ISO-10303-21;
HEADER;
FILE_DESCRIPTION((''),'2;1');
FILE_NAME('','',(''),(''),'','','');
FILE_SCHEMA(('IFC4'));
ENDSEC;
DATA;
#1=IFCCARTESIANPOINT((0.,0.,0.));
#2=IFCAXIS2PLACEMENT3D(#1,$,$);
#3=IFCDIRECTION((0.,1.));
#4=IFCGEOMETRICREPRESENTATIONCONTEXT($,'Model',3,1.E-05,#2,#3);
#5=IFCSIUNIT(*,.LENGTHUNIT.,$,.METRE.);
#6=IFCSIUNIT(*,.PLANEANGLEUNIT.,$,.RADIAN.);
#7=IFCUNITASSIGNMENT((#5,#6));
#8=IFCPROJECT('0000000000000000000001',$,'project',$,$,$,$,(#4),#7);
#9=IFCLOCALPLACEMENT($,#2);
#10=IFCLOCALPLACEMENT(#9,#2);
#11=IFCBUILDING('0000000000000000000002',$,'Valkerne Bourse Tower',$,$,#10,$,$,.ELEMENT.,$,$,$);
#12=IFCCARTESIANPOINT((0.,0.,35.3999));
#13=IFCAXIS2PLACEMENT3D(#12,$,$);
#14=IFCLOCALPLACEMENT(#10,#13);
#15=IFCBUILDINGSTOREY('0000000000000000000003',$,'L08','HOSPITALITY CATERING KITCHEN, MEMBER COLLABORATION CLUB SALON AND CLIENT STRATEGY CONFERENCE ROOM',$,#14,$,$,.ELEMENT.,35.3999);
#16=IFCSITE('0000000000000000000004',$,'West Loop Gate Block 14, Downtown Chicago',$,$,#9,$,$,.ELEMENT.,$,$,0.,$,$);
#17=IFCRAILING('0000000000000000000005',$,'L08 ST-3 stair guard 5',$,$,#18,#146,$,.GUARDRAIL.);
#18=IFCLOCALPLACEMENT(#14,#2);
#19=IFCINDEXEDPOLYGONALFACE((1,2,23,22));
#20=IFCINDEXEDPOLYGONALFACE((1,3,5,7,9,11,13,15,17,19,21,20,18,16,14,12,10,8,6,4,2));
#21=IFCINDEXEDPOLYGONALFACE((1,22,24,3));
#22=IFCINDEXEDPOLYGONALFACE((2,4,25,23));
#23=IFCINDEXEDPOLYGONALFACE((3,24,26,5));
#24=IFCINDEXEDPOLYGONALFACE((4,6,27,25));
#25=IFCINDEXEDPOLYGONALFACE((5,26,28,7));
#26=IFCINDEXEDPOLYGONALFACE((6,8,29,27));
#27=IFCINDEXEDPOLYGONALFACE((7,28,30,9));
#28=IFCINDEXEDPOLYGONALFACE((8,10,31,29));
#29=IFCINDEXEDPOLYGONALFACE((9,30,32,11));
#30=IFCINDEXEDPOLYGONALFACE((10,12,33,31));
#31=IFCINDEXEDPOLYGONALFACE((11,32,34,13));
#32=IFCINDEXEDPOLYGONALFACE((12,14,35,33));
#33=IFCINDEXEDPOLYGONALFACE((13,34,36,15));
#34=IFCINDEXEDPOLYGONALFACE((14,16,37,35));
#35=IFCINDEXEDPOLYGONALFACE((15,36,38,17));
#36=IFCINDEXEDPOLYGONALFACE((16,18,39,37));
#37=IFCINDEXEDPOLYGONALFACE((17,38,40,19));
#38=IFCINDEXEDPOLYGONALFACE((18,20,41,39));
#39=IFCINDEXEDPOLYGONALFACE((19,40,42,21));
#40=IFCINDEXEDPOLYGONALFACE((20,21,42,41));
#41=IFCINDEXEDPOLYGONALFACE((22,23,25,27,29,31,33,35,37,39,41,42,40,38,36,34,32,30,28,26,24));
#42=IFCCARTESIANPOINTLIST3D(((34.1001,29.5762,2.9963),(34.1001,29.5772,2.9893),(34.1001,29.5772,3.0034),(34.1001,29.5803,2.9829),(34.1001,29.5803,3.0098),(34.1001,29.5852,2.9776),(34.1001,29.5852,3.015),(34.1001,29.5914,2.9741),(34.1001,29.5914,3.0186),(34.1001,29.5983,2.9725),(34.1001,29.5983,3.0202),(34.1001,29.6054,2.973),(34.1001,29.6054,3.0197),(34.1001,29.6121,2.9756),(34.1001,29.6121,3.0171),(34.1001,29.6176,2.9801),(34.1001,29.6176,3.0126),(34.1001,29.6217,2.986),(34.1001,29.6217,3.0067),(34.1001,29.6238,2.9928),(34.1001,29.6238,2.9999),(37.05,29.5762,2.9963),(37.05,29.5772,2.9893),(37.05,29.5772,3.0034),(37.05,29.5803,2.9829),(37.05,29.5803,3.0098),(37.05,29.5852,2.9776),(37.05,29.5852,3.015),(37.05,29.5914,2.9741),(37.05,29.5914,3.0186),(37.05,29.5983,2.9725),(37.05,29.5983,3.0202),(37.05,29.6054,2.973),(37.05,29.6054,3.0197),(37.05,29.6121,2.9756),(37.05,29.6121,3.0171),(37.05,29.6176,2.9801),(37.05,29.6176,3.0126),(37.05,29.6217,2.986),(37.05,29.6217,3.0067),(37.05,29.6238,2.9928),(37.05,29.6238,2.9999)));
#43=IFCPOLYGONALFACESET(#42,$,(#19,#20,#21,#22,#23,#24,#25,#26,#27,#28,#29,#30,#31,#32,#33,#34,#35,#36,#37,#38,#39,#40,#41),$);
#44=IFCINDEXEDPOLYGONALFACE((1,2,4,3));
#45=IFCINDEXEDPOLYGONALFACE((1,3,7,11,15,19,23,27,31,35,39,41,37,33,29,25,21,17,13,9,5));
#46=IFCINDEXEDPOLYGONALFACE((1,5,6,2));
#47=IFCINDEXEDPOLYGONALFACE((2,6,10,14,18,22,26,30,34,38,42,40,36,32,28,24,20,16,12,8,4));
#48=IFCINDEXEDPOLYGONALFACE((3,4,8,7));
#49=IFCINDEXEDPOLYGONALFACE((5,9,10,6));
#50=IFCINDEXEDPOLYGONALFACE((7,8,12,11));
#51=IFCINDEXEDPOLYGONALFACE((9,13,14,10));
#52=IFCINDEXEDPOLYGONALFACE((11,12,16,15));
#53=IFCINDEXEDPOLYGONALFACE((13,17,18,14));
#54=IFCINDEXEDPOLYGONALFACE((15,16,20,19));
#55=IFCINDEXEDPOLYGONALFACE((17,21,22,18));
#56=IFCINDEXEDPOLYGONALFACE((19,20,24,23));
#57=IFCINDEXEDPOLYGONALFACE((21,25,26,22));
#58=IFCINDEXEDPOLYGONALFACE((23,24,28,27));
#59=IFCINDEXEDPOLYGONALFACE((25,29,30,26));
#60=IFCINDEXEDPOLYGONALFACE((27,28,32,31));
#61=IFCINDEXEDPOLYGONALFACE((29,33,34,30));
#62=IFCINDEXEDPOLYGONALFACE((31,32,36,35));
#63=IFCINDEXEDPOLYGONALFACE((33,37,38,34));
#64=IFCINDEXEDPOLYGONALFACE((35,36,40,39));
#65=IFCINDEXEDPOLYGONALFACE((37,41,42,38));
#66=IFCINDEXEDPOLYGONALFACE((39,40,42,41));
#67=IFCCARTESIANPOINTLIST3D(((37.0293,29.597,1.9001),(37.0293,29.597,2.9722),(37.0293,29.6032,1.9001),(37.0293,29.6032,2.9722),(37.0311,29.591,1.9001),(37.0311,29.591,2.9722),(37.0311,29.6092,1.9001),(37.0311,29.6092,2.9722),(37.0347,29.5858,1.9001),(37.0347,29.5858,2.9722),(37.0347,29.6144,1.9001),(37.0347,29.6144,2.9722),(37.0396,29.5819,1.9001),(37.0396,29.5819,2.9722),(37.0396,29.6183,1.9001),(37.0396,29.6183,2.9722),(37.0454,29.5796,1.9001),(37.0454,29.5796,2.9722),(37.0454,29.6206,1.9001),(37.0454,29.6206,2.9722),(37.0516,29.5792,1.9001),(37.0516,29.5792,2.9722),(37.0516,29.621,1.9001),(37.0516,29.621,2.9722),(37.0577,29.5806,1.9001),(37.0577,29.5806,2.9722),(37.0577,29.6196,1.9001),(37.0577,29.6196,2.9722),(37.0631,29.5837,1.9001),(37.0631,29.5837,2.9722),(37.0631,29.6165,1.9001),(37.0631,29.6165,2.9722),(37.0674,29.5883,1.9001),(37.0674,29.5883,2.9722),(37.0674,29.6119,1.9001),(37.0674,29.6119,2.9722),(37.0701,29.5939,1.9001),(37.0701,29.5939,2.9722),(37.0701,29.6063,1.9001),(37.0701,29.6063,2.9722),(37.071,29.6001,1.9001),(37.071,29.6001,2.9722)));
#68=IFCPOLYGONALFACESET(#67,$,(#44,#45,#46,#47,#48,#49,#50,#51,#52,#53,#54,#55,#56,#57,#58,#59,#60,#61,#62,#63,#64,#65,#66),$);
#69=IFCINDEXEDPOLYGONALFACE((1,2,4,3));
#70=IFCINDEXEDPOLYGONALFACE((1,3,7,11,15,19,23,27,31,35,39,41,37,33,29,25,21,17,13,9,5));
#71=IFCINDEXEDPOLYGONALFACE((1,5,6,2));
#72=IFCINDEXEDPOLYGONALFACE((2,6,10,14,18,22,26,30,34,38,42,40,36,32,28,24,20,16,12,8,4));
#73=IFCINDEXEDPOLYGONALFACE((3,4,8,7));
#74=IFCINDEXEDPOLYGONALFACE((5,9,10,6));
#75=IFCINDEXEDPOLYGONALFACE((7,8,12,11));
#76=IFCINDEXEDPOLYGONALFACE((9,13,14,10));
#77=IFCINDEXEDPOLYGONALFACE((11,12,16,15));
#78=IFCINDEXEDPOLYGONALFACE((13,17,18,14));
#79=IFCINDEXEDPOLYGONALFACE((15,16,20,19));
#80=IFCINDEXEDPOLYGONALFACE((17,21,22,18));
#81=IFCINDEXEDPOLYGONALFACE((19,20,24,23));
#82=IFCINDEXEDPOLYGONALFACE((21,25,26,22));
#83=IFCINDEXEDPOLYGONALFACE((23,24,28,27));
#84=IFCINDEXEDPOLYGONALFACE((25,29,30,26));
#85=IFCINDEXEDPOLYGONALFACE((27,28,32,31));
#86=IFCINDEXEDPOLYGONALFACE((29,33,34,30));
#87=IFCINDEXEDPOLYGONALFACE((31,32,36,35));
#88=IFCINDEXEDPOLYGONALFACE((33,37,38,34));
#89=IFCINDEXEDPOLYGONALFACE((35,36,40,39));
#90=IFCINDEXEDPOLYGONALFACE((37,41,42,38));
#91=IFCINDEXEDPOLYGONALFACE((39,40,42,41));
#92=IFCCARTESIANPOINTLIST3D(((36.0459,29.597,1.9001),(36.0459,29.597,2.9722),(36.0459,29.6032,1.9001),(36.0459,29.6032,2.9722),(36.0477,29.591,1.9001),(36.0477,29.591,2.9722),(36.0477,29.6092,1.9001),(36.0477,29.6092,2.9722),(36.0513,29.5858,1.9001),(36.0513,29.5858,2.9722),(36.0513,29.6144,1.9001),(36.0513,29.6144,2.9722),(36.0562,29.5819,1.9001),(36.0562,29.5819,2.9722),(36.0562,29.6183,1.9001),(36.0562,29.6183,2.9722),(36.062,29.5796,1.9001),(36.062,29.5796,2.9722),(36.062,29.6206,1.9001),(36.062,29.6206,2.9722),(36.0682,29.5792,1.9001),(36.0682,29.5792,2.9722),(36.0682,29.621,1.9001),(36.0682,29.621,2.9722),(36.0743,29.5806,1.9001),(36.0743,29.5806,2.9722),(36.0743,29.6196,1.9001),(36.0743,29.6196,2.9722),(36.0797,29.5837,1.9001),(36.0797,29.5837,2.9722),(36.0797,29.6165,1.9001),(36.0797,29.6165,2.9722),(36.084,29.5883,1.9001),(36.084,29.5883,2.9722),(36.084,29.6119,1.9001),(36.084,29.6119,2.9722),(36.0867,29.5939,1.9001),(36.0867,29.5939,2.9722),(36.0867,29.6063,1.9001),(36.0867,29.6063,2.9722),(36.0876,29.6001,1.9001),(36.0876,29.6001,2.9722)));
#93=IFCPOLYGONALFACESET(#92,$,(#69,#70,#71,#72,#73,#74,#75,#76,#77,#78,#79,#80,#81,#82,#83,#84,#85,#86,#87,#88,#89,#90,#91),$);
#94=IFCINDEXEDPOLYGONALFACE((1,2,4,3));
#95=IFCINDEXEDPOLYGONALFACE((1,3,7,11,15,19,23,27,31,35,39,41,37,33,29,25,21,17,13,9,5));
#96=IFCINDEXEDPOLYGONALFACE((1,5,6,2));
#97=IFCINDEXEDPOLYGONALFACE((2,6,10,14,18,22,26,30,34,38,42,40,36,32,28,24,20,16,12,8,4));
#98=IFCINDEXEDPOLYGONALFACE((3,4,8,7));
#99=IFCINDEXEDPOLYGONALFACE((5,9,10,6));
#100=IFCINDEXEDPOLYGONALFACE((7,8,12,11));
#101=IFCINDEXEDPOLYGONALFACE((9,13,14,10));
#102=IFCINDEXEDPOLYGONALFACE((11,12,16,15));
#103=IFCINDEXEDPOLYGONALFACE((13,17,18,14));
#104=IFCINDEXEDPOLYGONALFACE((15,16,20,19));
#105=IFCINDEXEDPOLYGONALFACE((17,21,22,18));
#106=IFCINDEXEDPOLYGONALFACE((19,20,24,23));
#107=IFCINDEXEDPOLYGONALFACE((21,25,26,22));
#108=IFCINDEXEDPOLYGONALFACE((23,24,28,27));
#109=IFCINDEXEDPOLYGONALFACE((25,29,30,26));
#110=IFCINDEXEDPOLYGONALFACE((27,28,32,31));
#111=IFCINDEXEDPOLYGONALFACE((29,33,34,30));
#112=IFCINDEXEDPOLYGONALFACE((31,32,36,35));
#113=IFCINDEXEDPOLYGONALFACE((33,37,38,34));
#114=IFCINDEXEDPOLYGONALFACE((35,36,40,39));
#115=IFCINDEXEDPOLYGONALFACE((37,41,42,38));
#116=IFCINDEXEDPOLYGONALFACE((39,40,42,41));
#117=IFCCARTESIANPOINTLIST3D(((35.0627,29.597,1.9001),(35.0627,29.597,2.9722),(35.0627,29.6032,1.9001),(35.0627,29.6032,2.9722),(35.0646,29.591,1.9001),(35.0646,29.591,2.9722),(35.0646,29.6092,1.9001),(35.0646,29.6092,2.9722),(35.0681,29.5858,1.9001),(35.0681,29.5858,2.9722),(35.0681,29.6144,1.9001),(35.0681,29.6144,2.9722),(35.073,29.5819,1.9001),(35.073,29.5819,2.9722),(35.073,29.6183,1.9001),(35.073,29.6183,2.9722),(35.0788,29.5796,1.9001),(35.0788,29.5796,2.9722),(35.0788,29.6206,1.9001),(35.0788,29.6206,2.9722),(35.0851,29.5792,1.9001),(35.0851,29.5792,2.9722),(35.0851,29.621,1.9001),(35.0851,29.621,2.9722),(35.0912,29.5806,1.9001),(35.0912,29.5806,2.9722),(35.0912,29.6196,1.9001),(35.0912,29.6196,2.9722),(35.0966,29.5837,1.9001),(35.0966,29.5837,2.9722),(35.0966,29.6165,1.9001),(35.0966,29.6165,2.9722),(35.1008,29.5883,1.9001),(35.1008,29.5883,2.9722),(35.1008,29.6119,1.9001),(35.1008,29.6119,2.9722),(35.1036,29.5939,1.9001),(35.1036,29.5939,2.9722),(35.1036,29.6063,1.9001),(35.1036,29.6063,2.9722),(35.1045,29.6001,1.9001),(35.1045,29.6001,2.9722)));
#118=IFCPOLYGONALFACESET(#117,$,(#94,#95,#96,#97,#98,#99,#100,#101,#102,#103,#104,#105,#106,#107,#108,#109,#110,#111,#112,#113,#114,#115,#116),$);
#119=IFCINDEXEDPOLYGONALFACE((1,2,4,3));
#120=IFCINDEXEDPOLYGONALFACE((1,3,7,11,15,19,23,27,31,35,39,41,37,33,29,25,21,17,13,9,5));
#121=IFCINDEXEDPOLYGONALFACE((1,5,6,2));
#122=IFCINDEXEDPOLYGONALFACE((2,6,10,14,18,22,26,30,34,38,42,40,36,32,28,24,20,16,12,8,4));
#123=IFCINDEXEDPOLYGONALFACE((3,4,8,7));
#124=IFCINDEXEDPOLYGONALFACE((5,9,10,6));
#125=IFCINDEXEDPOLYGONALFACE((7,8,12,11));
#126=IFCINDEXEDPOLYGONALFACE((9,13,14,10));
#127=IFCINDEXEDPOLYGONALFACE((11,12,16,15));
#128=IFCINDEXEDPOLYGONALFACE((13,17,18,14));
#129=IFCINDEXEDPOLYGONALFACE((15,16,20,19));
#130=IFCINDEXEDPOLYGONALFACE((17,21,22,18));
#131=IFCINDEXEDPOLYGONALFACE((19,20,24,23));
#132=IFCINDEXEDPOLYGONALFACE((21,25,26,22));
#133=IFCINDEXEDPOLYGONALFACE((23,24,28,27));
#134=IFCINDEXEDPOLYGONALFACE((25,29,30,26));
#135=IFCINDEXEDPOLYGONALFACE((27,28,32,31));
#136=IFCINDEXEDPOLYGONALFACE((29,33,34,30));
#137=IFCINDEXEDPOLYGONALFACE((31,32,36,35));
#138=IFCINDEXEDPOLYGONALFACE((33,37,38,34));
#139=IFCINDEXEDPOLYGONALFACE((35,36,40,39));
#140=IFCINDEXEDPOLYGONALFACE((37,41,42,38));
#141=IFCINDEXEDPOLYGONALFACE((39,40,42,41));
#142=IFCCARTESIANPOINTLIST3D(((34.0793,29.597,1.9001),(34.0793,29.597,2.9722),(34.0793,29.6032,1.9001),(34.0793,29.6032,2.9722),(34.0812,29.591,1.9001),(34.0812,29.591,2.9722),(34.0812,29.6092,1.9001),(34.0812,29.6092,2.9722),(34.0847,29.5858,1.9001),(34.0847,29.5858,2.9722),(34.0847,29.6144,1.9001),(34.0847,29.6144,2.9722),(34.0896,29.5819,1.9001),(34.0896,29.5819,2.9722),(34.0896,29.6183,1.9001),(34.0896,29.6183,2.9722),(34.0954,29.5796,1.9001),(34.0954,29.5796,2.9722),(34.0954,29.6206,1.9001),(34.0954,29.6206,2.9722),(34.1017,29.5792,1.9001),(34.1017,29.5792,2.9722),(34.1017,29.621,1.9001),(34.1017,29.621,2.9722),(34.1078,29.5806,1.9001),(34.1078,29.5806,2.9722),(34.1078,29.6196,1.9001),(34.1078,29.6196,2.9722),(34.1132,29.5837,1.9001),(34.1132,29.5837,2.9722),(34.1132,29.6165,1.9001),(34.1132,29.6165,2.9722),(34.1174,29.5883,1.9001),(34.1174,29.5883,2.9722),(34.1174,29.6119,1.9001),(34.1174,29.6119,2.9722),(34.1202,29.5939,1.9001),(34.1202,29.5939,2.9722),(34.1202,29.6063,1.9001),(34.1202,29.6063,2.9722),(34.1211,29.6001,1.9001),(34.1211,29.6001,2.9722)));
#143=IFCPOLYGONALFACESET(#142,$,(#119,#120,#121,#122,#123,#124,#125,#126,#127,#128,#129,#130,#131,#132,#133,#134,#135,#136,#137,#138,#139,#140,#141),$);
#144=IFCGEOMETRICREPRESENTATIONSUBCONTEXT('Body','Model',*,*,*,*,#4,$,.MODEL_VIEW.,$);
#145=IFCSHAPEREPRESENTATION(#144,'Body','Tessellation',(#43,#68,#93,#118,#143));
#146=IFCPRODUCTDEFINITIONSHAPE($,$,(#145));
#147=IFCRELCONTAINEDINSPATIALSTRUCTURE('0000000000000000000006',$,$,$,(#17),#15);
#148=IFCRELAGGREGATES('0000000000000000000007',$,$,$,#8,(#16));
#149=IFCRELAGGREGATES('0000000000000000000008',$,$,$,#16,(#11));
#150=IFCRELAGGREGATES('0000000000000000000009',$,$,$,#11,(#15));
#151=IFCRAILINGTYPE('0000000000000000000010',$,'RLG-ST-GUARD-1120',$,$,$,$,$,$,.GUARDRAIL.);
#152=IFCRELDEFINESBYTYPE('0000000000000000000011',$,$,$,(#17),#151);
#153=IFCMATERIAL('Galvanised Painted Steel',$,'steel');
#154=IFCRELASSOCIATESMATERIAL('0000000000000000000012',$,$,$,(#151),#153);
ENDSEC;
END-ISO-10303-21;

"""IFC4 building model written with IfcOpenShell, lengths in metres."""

from ifc_helpers import new_model, si_unit, direction, frame, origin, origin_2d, place, context, subcontext, project, spatial, circle, extrude, material, type_object, element, save


model = new_model("IFC4")

# Units and contexts
model_context = context("Model", 3, precision=1e-05, world=origin(), true_north=direction((0.0, 1.0)))
body_context = subcontext(model_context, "Body", "Model", "MODEL_VIEW")
ifc_project = project(units=[si_unit("LENGTHUNIT", "METRE"), si_unit("PLANEANGLEUNIT", "RADIAN")], contexts=[model_context])

# Site, building, storey
site_placement = place(None, origin())
site = spatial("IfcSite", under=ifc_project, at=site_placement, Name="West Loop Gate Block 14, Downtown Chicago", CompositionType="ELEMENT", RefElevation=0.0)
building_placement = place(site_placement, origin())
building = spatial("IfcBuilding", under=site, at=building_placement, Name="Valkerne Bourse Tower", CompositionType="ELEMENT")
storey_placement = place(building_placement, frame((0.0, 0.0, 35.3999)))
storey = spatial("IfcBuildingStorey", under=building, at=storey_placement, Name="L08", Description="HOSPITALITY CATERING KITCHEN, MEMBER COLLABORATION CLUB SALON AND CLIENT STRATEGY CONFERENCE ROOM", CompositionType="ELEMENT", Elevation=35.3999)

# Shared definitions
ifc_material_1 = material(Name="Galvanised Painted Steel", Category="steel")

# Railing
railing_type_1 = type_object("IfcRailingType", Name="RLG-ST-GUARD-1120", PredefinedType="GUARDRAIL", material=ifc_material_1)
railing_1_placement = place(storey_placement, frame((37.05, 29.6001, 1.9001)))
element("IfcRailing", 1, at=railing_1_placement, inside=storey, type_object=railing_type_1, Name="L08 ST-3 stair guard 5", PredefinedType="GUARDRAIL", context=body_context, shape_type="SweptSolid", body=[
    extrude(circle(Radius=0.0239, at=origin_2d()), frame((0.0, 0.0, 1.0962), z_axis=(-1.0, 0.0, 0.0), x_axis=(0.0, -1.0, 0.0)), (0.0, 0.0, 1.0), 2.95),
    extrude(circle(Radius=0.021, at=origin_2d()), origin(), (0.0, 0.0, 1.0), 1.072),
    extrude(circle(Radius=0.021, at=origin_2d()), frame((-0.9834, 0.0, 0.0)), (0.0, 0.0, 1.0), 1.072),
    extrude(circle(Radius=0.021, at=origin_2d()), frame((-1.9666, 0.0, 0.0)), (0.0, 0.0, 1.0), 1.072),
    extrude(circle(Radius=0.021, at=origin_2d()), frame((-2.95, 0.0, 0.0)), (0.0, 0.0, 1.0), 1.072),
])

save(model, "model.ifc")
